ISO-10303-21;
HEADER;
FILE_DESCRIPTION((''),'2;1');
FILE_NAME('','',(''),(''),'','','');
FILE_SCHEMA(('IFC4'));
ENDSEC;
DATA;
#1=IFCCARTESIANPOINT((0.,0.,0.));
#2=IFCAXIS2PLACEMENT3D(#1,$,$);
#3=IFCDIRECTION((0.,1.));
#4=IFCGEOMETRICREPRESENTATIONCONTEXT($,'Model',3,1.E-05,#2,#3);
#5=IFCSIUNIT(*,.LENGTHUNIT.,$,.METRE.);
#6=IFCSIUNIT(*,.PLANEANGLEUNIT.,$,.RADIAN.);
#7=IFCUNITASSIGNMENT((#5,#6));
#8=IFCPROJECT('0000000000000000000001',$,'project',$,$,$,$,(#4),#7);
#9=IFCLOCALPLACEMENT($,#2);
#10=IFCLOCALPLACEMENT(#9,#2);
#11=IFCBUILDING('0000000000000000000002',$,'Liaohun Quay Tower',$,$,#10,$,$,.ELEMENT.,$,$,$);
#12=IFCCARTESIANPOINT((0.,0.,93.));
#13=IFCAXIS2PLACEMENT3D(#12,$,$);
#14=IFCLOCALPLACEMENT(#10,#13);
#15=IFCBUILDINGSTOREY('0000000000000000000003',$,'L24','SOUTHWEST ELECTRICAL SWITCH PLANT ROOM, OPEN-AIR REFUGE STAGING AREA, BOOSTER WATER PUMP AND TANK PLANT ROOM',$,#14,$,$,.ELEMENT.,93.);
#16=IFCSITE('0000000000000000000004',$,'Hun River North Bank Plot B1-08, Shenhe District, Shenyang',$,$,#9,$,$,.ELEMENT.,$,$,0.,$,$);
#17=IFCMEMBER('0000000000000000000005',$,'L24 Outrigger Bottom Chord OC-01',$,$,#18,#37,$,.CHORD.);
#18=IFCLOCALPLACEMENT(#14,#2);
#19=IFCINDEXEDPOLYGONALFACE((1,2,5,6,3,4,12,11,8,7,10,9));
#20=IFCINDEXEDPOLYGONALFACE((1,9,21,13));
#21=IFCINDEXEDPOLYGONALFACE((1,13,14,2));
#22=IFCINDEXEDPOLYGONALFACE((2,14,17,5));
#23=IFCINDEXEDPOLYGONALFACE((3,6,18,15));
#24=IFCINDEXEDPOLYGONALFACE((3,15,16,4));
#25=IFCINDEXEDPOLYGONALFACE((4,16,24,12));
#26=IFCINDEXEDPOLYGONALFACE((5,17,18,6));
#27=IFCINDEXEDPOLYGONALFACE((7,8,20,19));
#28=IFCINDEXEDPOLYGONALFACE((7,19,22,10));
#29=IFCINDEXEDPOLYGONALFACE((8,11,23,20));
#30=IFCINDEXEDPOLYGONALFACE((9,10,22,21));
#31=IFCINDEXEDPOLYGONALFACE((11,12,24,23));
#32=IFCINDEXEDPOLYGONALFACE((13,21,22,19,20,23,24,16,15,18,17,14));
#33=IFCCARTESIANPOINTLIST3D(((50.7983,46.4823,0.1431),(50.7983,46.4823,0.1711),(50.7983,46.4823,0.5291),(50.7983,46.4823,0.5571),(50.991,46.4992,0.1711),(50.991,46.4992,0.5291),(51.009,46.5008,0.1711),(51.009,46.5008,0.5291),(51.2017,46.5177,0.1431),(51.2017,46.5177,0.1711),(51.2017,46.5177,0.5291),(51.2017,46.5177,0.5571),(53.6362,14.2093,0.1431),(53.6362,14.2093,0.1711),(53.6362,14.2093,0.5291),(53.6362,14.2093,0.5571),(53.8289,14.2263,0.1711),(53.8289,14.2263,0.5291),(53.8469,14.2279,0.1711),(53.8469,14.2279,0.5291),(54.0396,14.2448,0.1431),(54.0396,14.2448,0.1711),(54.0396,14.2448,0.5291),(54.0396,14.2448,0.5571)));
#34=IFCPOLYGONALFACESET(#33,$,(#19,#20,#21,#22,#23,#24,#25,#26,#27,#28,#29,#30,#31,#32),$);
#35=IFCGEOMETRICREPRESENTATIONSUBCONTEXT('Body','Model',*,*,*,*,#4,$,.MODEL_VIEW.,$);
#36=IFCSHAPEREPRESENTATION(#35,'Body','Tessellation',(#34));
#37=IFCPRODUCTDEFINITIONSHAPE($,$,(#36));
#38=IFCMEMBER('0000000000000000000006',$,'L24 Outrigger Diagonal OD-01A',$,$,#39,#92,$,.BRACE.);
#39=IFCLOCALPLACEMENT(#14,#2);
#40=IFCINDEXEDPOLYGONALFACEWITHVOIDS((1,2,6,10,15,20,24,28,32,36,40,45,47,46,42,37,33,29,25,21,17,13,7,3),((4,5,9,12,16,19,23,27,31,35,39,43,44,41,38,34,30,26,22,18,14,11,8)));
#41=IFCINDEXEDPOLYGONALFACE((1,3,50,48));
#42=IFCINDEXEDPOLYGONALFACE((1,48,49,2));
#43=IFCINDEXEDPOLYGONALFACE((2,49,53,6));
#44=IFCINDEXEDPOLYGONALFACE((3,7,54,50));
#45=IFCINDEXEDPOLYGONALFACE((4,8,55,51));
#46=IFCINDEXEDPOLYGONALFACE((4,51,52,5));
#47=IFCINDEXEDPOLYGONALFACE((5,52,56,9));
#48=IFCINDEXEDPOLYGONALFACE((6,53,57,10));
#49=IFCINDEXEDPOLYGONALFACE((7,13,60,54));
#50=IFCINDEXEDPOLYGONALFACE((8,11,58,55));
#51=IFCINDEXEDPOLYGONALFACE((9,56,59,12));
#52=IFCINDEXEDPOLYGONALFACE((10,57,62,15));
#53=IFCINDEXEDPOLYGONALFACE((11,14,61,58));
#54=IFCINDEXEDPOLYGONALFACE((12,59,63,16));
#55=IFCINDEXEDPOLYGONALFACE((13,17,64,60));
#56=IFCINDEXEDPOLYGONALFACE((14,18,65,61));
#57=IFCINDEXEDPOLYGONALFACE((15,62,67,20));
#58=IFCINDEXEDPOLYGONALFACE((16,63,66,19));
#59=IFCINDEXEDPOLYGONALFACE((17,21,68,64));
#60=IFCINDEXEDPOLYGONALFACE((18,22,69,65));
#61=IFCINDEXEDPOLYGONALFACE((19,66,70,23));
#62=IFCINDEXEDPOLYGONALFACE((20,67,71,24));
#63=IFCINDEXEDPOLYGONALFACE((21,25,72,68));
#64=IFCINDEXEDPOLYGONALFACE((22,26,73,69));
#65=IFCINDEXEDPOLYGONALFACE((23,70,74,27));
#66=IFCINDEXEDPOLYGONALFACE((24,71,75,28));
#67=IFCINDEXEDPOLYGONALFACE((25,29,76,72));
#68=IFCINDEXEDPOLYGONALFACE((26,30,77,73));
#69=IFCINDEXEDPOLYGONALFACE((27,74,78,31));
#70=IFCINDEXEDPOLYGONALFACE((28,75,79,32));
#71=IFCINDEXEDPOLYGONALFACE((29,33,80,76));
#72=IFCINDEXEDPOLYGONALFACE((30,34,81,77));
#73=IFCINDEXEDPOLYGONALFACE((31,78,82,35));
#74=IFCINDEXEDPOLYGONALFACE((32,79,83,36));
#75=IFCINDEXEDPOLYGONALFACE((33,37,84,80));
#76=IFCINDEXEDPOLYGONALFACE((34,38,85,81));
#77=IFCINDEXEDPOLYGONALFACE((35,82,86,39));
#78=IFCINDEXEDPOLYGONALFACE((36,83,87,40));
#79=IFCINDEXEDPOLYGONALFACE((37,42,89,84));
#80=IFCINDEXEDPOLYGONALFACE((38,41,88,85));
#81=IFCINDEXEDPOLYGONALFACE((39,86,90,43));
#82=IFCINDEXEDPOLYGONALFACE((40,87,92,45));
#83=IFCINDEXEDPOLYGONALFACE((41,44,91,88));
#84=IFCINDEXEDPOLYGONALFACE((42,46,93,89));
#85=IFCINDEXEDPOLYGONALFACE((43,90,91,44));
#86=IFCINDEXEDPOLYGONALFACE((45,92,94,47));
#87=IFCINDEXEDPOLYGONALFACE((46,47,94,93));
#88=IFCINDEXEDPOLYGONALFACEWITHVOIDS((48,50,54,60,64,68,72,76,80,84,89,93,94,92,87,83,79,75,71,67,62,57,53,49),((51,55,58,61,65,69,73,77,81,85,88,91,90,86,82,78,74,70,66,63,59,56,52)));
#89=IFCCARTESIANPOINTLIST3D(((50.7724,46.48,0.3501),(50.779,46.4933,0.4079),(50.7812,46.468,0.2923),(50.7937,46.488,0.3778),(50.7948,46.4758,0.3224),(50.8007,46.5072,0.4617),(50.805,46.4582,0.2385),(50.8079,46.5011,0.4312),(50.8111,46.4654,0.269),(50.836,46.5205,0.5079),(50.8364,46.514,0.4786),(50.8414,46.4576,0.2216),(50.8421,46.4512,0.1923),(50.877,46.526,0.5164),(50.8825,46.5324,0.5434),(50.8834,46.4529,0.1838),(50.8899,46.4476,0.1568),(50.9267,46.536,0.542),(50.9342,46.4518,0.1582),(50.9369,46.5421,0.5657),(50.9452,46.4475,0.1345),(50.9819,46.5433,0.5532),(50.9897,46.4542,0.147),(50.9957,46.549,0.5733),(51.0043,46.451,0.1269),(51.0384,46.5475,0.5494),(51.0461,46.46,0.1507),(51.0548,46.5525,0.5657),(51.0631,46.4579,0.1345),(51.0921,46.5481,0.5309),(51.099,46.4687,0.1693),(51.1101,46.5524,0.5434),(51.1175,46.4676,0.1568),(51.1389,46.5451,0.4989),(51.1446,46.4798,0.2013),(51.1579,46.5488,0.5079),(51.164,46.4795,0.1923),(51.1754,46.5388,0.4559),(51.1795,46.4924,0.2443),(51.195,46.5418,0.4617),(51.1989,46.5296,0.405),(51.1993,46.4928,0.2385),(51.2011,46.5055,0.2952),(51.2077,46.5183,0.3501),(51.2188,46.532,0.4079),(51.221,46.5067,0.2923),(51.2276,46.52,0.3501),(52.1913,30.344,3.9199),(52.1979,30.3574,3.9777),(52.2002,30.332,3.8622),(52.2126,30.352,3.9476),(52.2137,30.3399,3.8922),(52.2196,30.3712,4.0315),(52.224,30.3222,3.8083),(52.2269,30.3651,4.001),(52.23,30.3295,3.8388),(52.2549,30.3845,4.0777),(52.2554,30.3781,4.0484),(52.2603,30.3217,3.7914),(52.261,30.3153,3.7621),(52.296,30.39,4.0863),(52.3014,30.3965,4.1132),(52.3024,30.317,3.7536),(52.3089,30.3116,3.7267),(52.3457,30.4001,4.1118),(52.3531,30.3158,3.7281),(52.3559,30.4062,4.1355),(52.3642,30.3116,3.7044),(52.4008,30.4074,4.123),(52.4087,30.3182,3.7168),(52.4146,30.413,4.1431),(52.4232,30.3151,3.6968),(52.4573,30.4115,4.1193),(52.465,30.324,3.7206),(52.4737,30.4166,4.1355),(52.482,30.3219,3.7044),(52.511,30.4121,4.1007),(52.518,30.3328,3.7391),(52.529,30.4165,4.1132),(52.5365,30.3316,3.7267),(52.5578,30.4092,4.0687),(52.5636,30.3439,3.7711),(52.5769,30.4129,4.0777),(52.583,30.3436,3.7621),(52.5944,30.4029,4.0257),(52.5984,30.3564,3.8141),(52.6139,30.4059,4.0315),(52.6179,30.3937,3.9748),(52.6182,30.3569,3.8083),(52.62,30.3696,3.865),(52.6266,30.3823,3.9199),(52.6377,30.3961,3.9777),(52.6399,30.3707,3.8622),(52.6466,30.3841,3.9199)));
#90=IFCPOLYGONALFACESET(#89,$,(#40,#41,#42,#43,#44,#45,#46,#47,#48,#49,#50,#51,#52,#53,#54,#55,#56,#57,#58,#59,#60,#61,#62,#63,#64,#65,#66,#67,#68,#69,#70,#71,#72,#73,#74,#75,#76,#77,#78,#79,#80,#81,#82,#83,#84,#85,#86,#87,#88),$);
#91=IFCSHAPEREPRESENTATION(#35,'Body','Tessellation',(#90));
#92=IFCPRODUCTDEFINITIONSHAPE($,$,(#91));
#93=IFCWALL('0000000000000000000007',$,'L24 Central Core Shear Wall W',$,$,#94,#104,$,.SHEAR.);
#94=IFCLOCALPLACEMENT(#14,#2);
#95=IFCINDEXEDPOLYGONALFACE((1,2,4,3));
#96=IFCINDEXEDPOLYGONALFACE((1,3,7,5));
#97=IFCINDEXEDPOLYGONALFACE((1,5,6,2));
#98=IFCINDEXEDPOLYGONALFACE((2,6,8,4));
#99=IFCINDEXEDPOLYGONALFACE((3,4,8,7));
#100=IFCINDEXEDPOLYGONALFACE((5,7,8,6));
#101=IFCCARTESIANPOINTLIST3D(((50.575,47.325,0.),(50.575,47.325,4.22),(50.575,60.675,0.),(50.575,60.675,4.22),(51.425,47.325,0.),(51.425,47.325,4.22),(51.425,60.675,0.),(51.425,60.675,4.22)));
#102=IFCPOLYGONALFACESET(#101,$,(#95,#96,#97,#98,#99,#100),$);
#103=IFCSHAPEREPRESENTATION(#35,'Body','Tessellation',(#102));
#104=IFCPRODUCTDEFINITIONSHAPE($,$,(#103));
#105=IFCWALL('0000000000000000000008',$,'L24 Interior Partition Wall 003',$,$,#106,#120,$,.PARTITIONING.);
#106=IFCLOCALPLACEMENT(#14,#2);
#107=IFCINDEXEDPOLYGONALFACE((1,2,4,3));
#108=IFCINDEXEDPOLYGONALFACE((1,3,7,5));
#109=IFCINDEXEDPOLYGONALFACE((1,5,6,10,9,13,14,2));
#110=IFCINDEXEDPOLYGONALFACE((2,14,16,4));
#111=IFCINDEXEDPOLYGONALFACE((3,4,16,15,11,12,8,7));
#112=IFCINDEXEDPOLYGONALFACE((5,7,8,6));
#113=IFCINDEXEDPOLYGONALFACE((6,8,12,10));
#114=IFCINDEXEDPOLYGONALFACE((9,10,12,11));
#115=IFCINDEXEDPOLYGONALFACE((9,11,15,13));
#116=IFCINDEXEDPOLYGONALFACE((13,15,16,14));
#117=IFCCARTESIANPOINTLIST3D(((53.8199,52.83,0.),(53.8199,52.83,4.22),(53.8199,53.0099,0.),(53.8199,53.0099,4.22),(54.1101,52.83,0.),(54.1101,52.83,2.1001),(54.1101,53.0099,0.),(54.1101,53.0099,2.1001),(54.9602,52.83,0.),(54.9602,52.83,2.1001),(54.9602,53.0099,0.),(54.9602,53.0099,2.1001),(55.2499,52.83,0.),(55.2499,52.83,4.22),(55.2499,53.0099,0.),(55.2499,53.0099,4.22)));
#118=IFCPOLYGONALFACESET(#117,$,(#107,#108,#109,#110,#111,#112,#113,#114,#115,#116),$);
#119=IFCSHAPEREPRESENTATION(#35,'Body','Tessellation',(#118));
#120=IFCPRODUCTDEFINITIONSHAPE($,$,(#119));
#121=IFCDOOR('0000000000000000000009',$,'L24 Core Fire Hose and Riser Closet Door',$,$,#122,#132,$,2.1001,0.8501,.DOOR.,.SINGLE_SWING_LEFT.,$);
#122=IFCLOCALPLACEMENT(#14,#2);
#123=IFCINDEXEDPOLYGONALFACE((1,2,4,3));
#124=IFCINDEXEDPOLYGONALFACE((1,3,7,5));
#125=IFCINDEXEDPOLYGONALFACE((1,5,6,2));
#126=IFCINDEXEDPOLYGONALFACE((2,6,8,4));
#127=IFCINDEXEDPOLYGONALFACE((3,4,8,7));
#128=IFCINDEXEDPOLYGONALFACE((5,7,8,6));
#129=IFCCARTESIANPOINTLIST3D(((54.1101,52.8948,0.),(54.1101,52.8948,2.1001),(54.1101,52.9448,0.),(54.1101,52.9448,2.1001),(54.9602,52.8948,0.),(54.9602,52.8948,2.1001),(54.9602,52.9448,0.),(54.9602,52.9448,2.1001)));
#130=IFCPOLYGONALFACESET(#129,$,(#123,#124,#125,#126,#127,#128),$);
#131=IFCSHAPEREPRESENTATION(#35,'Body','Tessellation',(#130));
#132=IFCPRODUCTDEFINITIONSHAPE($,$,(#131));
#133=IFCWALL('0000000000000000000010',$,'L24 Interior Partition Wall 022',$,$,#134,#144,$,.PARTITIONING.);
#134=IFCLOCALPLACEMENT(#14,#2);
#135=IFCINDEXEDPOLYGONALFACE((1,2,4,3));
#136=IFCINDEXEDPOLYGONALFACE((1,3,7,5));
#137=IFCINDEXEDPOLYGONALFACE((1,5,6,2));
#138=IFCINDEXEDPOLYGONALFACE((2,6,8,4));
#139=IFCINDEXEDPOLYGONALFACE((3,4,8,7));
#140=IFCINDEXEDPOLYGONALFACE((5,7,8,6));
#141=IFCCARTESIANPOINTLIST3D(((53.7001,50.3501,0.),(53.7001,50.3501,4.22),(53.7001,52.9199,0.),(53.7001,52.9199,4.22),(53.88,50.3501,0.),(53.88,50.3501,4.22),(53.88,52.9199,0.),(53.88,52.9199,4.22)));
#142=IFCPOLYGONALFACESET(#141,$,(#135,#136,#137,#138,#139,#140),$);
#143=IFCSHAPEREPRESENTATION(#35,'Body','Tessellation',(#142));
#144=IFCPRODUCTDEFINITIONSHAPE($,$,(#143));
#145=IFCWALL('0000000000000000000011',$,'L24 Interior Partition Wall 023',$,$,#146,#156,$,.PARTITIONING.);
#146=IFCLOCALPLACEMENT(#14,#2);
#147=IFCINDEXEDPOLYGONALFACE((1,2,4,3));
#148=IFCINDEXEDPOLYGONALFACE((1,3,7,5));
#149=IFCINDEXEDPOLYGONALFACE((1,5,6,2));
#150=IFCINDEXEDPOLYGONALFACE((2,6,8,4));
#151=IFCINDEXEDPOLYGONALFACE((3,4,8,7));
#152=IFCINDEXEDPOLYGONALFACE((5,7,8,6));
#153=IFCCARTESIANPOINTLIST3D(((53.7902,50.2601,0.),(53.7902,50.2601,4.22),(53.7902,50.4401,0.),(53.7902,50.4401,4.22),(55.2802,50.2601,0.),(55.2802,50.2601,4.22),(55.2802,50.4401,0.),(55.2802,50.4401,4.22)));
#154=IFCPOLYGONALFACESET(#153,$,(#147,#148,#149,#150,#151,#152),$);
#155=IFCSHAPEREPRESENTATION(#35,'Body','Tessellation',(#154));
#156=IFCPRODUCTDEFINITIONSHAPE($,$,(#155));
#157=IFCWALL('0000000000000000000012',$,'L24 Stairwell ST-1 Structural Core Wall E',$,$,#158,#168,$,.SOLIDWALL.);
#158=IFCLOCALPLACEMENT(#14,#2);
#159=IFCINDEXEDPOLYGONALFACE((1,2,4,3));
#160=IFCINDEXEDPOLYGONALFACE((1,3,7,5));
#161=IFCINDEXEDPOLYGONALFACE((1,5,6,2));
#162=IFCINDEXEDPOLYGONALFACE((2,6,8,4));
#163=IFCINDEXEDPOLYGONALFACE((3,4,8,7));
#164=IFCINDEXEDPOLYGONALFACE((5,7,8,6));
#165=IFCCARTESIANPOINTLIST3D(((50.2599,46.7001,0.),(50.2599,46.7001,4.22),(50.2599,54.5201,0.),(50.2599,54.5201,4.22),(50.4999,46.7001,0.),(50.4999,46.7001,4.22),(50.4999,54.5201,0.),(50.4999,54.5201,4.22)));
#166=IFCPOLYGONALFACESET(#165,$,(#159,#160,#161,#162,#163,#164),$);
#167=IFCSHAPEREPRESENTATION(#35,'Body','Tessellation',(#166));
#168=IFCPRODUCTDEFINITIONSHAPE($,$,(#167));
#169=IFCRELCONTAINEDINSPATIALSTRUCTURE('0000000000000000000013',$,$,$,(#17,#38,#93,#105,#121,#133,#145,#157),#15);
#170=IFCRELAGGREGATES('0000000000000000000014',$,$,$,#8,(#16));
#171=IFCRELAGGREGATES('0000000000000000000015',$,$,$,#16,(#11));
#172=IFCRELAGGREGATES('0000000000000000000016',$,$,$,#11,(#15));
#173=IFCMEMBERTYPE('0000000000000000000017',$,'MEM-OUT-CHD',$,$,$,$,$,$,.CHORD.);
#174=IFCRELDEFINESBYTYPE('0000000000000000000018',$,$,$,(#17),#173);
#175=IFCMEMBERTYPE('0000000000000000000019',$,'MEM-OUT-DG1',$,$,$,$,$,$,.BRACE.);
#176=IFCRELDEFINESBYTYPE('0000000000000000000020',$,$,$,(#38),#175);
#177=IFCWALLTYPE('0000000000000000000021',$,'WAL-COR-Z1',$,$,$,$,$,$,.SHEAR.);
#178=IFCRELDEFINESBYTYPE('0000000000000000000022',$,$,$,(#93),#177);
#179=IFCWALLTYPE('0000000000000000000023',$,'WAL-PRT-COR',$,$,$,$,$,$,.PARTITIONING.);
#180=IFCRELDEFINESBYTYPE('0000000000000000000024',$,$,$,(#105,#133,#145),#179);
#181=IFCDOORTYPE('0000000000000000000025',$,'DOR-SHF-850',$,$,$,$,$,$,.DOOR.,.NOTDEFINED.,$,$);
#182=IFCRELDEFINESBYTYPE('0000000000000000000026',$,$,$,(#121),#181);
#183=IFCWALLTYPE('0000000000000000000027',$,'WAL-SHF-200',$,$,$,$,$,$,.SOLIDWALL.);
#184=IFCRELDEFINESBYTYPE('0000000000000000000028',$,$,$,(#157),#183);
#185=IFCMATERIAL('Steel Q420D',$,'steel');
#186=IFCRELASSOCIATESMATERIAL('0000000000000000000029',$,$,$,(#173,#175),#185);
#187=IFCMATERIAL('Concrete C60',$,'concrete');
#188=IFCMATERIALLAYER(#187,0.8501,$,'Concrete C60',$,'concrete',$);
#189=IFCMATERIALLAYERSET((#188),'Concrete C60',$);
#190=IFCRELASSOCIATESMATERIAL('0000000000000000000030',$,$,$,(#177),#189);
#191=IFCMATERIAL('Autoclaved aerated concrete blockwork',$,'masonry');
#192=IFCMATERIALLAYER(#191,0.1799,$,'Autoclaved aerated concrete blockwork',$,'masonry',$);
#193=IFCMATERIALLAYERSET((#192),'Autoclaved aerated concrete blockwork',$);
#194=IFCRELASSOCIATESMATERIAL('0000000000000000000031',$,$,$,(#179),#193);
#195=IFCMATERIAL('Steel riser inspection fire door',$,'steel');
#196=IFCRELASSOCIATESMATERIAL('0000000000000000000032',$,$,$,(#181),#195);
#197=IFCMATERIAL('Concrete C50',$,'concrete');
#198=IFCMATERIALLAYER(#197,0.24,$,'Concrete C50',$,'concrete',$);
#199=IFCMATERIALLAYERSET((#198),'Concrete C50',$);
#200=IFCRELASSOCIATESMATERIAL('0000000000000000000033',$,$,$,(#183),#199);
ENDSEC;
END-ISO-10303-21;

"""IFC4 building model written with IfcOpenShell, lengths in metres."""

from ifc_helpers import new_model, si_unit, direction, frame, frame_2d, origin, origin_2d, place, context, subcontext, project, spatial, rectangle, hollow_circle, i_section, extrude, source, transform, mapped, material, layer, layer_set, material_profile, profile_set, type_object, element, fill, save


model = new_model("IFC4")

# Units and contexts
model_context = context("Model", 3, precision=1e-05, world=origin(), true_north=direction((0.0, 1.0)))
body_context = subcontext(model_context, "Body", "Model", "MODEL_VIEW")
ifc_project = project(units=[si_unit("LENGTHUNIT", "METRE"), si_unit("PLANEANGLEUNIT", "RADIAN")], contexts=[model_context])

# Site, building, storey
site_placement = place(None, origin())
site = spatial("IfcSite", under=ifc_project, at=site_placement, Name="Hun River North Bank Plot B1-08, Shenhe District, Shenyang", CompositionType="ELEMENT", RefElevation=0.0)
building_placement = place(site_placement, origin())
building = spatial("IfcBuilding", under=site, at=building_placement, Name="Liaohun Quay Tower", CompositionType="ELEMENT")
storey_placement = place(building_placement, frame((0.0, 0.0, 93.0)))
storey = spatial("IfcBuildingStorey", under=building, at=storey_placement, Name="L24", Description="SOUTHWEST ELECTRICAL SWITCH PLANT ROOM, OPEN-AIR REFUGE STAGING AREA, BOOSTER WATER PUMP AND TANK PLANT ROOM", CompositionType="ELEMENT", Elevation=93.0)

# Members
ifc_material_1 = material(Name="Steel Q420D", Category="steel")
ifc_material_profile_1 = material_profile(ifc_material_1, i_section(OverallWidth=0.405, OverallDepth=0.4141, WebThickness=0.0181, FlangeThickness=0.0281, at=origin_2d()), Name="HW414x405x18x28")
ifc_profile_set_1 = profile_set([ifc_material_profile_1], Name="Steel Q420D")
member_type_1 = type_object("IfcMemberType", Name="MEM-OUT-CHD", PredefinedType="CHORD", material=ifc_profile_set_1)
shared_shape_1 = source(origin(), body_context, "Body", "SweptSolid", [
    extrude(i_section(OverallWidth=0.405, OverallDepth=0.4141, WebThickness=0.0181, FlangeThickness=0.0281, at=origin_2d()), origin(), (0.0, 0.0, 1.0), 32.3975),
])
member_1_placement = place(storey_placement, frame((51.0, 46.5, 0.3501), z_axis=(0.087596, -0.996156, 0.0), x_axis=(0.996156, 0.087596, 0.0)))
element("IfcMember", 1, at=member_1_placement, inside=storey, type_object=member_type_1, Name="L24 Outrigger Bottom Chord OC-01", PredefinedType="CHORD", context=body_context, shape_type="MappedRepresentation", body=[
    mapped(shared_shape_1, transform((0.0, 0.0, 0.0), x_axis=(1.0, 0.0, 0.0), y_axis=(0.0, 1.0, 0.0), z_axis=(0.0, 0.0, 1.0), scale=1.0)),
])
ifc_material_profile_2 = material_profile(ifc_material_1, hollow_circle(Radius=0.2285, WallThickness=0.02, at=origin_2d()), Name="CHS457x20")
ifc_profile_set_2 = profile_set([ifc_material_profile_2], Name="Steel Q420D")
member_type_2 = type_object("IfcMemberType", Name="MEM-OUT-DG1", PredefinedType="BRACE", material=ifc_profile_set_2)
shared_shape_2 = source(origin(), body_context, "Body", "SweptSolid", [
    extrude(hollow_circle(Radius=0.2285, WallThickness=0.02, at=origin_2d()), origin(), (0.0, 0.0, 1.0), 16.5869),
])
member_2_placement = place(storey_placement, frame((51.0, 46.5, 0.3501), z_axis=(0.085546, -0.972812, 0.215219), x_axis=(0.996156, 0.087599, 0.0)))
element("IfcMember", 2, at=member_2_placement, inside=storey, type_object=member_type_2, Name="L24 Outrigger Diagonal OD-01A", PredefinedType="BRACE", context=body_context, shape_type="MappedRepresentation", body=[
    mapped(shared_shape_2, transform((0.0, 0.0, 0.0), x_axis=(1.0, 0.0, 0.0), y_axis=(0.0, 1.0, 0.0), z_axis=(0.0, 0.0, 1.0), scale=1.0)),
])

# Wall
ifc_material_2 = material(Name="Concrete C60", Category="concrete")
ifc_layer_1 = layer(ifc_material_2, 0.8501, Name="Concrete C60", Category="concrete")
ifc_layer_set_1 = layer_set([ifc_layer_1], Name="Concrete C60")
wall_type_1 = type_object("IfcWallType", Name="WAL-COR-Z1", PredefinedType="SHEAR", material=ifc_layer_set_1)
wall_1_placement = place(storey_placement, frame((51.0, 47.325, 0.0), z_axis=(0.0, 0.0, 1.0), x_axis=(0.0, 1.0, 0.0)))
element("IfcWall", 3, at=wall_1_placement, inside=storey, type_object=wall_type_1, Name="L24 Central Core Shear Wall W", PredefinedType="SHEAR", context=body_context, shape_type="SweptSolid", body=[
    extrude(rectangle(XDim=13.3501, YDim=0.8501, at=frame_2d((6.675, 0.0))), origin(), (0.0, 0.0, 1.0), 4.22),
])

# Wall, opening, door
ifc_material_3 = material(Name="Autoclaved aerated concrete blockwork", Category="masonry")
ifc_layer_2 = layer(ifc_material_3, 0.1799, Name="Autoclaved aerated concrete blockwork", Category="masonry")
ifc_layer_set_2 = layer_set([ifc_layer_2], Name="Autoclaved aerated concrete blockwork")
wall_type_2 = type_object("IfcWallType", Name="WAL-PRT-COR", PredefinedType="PARTITIONING", material=ifc_layer_set_2)
wall_2_placement = place(storey_placement, frame((53.8201, 52.9199, 0.0), z_axis=(0.0, 0.0, 1.0), x_axis=(1.0, 0.0, 0.0)))
wall_2 = element("IfcWall", 4, at=wall_2_placement, inside=storey, type_object=wall_type_2, Name="L24 Interior Partition Wall 003", PredefinedType="PARTITIONING", context=body_context, shape_type="SweptSolid", body=[
    extrude(rectangle(XDim=1.4299, YDim=0.1799, at=frame_2d((0.7148, 0.0))), origin(), (0.0, 0.0, 1.0), 4.22),
])
shared_shape_3 = source(origin(), body_context, "Body", "SweptSolid", [
    extrude(rectangle(XDim=0.8501, YDim=2.1001, at=frame_2d((0.425, 1.05))), frame((0.0, 0.0999, 0.0), z_axis=(0.0, -1.0, 0.0), x_axis=(1.0, 0.0, 0.0)), (0.0, 0.0, 1.0), 0.2),
])
opening_1_placement = place(wall_2_placement, frame((0.29, 0.0, 0.0)))
opening_1 = element("IfcOpeningElement", 5, at=opening_1_placement, cuts=wall_2, PredefinedType="OPENING", context=body_context, shape_type="MappedRepresentation", body=[
    mapped(shared_shape_3, transform((0.0, 0.0, 0.0), x_axis=(1.0, 0.0, 0.0), y_axis=(0.0, 1.0, 0.0), z_axis=(0.0, 0.0, 1.0), scale=1.0)),
])
ifc_material_4 = material(Name="Steel riser inspection fire door", Category="steel")
door_type_1 = type_object("IfcDoorType", Name="DOR-SHF-850", OperationType="NOTDEFINED", PredefinedType="DOOR", material=ifc_material_4)
shared_shape_4 = source(origin(), body_context, "Body", "SweptSolid", [
    extrude(rectangle(XDim=0.8501, YDim=2.1001, at=frame_2d((0.425, 1.05))), frame((0.0, 0.0249, 0.0), z_axis=(0.0, -1.0, 0.0), x_axis=(1.0, 0.0, 0.0)), (0.0, 0.0, 1.0), 0.05),
])
door_1_placement = place(opening_1_placement, origin())
door_1 = element("IfcDoor", 6, at=door_1_placement, inside=storey, type_object=door_type_1, Name="L24 Core Fire Hose and Riser Closet Door", OperationType="SINGLE_SWING_LEFT", OverallHeight=2.1001, OverallWidth=0.8501, PredefinedType="DOOR", context=body_context, shape_type="MappedRepresentation", body=[
    mapped(shared_shape_4, transform((0.0, 0.0, 0.0), x_axis=(1.0, 0.0, 0.0), y_axis=(0.0, 1.0, 0.0), z_axis=(0.0, 0.0, 1.0), scale=1.0)),
])
fill(opening_1, door_1)

# Walls
wall_3_placement = place(storey_placement, frame((53.79, 50.3501, 0.0), z_axis=(0.0, 0.0, 1.0), x_axis=(0.0, 1.0, 0.0)))
element("IfcWall", 7, at=wall_3_placement, inside=storey, type_object=wall_type_2, Name="L24 Interior Partition Wall 022", PredefinedType="PARTITIONING", context=body_context, shape_type="SweptSolid", body=[
    extrude(rectangle(XDim=2.5698, YDim=0.1799, at=frame_2d((1.2849, 0.0))), origin(), (0.0, 0.0, 1.0), 4.22),
])
wall_4_placement = place(storey_placement, frame((53.79, 50.3501, 0.0), z_axis=(0.0, 0.0, 1.0), x_axis=(1.0, 0.0, 0.0)))
element("IfcWall", 8, at=wall_4_placement, inside=storey, type_object=wall_type_2, Name="L24 Interior Partition Wall 023", PredefinedType="PARTITIONING", context=body_context, shape_type="SweptSolid", body=[
    extrude(rectangle(XDim=1.49, YDim=0.1799, at=frame_2d((0.7451, 0.0))), origin(), (0.0, 0.0, 1.0), 4.22),
])
ifc_material_5 = material(Name="Concrete C50", Category="concrete")
ifc_layer_3 = layer(ifc_material_5, 0.24, Name="Concrete C50", Category="concrete")
ifc_layer_set_3 = layer_set([ifc_layer_3], Name="Concrete C50")
wall_type_3 = type_object("IfcWallType", Name="WAL-SHF-200", PredefinedType="SOLIDWALL", material=ifc_layer_set_3)
wall_5_placement = place(storey_placement, frame((50.3799, 46.7, 0.0), z_axis=(0.0, 0.0, 1.0), x_axis=(0.0, 1.0, 0.0)))
element("IfcWall", 9, at=wall_5_placement, inside=storey, type_object=wall_type_3, Name="L24 Stairwell ST-1 Structural Core Wall E", PredefinedType="SOLIDWALL", context=body_context, shape_type="SweptSolid", body=[
    extrude(rectangle(XDim=7.8201, YDim=0.24, at=frame_2d((3.9102, 0.0))), origin(), (0.0, 0.0, 1.0), 4.22),
])

save(model, "model.ifc")
